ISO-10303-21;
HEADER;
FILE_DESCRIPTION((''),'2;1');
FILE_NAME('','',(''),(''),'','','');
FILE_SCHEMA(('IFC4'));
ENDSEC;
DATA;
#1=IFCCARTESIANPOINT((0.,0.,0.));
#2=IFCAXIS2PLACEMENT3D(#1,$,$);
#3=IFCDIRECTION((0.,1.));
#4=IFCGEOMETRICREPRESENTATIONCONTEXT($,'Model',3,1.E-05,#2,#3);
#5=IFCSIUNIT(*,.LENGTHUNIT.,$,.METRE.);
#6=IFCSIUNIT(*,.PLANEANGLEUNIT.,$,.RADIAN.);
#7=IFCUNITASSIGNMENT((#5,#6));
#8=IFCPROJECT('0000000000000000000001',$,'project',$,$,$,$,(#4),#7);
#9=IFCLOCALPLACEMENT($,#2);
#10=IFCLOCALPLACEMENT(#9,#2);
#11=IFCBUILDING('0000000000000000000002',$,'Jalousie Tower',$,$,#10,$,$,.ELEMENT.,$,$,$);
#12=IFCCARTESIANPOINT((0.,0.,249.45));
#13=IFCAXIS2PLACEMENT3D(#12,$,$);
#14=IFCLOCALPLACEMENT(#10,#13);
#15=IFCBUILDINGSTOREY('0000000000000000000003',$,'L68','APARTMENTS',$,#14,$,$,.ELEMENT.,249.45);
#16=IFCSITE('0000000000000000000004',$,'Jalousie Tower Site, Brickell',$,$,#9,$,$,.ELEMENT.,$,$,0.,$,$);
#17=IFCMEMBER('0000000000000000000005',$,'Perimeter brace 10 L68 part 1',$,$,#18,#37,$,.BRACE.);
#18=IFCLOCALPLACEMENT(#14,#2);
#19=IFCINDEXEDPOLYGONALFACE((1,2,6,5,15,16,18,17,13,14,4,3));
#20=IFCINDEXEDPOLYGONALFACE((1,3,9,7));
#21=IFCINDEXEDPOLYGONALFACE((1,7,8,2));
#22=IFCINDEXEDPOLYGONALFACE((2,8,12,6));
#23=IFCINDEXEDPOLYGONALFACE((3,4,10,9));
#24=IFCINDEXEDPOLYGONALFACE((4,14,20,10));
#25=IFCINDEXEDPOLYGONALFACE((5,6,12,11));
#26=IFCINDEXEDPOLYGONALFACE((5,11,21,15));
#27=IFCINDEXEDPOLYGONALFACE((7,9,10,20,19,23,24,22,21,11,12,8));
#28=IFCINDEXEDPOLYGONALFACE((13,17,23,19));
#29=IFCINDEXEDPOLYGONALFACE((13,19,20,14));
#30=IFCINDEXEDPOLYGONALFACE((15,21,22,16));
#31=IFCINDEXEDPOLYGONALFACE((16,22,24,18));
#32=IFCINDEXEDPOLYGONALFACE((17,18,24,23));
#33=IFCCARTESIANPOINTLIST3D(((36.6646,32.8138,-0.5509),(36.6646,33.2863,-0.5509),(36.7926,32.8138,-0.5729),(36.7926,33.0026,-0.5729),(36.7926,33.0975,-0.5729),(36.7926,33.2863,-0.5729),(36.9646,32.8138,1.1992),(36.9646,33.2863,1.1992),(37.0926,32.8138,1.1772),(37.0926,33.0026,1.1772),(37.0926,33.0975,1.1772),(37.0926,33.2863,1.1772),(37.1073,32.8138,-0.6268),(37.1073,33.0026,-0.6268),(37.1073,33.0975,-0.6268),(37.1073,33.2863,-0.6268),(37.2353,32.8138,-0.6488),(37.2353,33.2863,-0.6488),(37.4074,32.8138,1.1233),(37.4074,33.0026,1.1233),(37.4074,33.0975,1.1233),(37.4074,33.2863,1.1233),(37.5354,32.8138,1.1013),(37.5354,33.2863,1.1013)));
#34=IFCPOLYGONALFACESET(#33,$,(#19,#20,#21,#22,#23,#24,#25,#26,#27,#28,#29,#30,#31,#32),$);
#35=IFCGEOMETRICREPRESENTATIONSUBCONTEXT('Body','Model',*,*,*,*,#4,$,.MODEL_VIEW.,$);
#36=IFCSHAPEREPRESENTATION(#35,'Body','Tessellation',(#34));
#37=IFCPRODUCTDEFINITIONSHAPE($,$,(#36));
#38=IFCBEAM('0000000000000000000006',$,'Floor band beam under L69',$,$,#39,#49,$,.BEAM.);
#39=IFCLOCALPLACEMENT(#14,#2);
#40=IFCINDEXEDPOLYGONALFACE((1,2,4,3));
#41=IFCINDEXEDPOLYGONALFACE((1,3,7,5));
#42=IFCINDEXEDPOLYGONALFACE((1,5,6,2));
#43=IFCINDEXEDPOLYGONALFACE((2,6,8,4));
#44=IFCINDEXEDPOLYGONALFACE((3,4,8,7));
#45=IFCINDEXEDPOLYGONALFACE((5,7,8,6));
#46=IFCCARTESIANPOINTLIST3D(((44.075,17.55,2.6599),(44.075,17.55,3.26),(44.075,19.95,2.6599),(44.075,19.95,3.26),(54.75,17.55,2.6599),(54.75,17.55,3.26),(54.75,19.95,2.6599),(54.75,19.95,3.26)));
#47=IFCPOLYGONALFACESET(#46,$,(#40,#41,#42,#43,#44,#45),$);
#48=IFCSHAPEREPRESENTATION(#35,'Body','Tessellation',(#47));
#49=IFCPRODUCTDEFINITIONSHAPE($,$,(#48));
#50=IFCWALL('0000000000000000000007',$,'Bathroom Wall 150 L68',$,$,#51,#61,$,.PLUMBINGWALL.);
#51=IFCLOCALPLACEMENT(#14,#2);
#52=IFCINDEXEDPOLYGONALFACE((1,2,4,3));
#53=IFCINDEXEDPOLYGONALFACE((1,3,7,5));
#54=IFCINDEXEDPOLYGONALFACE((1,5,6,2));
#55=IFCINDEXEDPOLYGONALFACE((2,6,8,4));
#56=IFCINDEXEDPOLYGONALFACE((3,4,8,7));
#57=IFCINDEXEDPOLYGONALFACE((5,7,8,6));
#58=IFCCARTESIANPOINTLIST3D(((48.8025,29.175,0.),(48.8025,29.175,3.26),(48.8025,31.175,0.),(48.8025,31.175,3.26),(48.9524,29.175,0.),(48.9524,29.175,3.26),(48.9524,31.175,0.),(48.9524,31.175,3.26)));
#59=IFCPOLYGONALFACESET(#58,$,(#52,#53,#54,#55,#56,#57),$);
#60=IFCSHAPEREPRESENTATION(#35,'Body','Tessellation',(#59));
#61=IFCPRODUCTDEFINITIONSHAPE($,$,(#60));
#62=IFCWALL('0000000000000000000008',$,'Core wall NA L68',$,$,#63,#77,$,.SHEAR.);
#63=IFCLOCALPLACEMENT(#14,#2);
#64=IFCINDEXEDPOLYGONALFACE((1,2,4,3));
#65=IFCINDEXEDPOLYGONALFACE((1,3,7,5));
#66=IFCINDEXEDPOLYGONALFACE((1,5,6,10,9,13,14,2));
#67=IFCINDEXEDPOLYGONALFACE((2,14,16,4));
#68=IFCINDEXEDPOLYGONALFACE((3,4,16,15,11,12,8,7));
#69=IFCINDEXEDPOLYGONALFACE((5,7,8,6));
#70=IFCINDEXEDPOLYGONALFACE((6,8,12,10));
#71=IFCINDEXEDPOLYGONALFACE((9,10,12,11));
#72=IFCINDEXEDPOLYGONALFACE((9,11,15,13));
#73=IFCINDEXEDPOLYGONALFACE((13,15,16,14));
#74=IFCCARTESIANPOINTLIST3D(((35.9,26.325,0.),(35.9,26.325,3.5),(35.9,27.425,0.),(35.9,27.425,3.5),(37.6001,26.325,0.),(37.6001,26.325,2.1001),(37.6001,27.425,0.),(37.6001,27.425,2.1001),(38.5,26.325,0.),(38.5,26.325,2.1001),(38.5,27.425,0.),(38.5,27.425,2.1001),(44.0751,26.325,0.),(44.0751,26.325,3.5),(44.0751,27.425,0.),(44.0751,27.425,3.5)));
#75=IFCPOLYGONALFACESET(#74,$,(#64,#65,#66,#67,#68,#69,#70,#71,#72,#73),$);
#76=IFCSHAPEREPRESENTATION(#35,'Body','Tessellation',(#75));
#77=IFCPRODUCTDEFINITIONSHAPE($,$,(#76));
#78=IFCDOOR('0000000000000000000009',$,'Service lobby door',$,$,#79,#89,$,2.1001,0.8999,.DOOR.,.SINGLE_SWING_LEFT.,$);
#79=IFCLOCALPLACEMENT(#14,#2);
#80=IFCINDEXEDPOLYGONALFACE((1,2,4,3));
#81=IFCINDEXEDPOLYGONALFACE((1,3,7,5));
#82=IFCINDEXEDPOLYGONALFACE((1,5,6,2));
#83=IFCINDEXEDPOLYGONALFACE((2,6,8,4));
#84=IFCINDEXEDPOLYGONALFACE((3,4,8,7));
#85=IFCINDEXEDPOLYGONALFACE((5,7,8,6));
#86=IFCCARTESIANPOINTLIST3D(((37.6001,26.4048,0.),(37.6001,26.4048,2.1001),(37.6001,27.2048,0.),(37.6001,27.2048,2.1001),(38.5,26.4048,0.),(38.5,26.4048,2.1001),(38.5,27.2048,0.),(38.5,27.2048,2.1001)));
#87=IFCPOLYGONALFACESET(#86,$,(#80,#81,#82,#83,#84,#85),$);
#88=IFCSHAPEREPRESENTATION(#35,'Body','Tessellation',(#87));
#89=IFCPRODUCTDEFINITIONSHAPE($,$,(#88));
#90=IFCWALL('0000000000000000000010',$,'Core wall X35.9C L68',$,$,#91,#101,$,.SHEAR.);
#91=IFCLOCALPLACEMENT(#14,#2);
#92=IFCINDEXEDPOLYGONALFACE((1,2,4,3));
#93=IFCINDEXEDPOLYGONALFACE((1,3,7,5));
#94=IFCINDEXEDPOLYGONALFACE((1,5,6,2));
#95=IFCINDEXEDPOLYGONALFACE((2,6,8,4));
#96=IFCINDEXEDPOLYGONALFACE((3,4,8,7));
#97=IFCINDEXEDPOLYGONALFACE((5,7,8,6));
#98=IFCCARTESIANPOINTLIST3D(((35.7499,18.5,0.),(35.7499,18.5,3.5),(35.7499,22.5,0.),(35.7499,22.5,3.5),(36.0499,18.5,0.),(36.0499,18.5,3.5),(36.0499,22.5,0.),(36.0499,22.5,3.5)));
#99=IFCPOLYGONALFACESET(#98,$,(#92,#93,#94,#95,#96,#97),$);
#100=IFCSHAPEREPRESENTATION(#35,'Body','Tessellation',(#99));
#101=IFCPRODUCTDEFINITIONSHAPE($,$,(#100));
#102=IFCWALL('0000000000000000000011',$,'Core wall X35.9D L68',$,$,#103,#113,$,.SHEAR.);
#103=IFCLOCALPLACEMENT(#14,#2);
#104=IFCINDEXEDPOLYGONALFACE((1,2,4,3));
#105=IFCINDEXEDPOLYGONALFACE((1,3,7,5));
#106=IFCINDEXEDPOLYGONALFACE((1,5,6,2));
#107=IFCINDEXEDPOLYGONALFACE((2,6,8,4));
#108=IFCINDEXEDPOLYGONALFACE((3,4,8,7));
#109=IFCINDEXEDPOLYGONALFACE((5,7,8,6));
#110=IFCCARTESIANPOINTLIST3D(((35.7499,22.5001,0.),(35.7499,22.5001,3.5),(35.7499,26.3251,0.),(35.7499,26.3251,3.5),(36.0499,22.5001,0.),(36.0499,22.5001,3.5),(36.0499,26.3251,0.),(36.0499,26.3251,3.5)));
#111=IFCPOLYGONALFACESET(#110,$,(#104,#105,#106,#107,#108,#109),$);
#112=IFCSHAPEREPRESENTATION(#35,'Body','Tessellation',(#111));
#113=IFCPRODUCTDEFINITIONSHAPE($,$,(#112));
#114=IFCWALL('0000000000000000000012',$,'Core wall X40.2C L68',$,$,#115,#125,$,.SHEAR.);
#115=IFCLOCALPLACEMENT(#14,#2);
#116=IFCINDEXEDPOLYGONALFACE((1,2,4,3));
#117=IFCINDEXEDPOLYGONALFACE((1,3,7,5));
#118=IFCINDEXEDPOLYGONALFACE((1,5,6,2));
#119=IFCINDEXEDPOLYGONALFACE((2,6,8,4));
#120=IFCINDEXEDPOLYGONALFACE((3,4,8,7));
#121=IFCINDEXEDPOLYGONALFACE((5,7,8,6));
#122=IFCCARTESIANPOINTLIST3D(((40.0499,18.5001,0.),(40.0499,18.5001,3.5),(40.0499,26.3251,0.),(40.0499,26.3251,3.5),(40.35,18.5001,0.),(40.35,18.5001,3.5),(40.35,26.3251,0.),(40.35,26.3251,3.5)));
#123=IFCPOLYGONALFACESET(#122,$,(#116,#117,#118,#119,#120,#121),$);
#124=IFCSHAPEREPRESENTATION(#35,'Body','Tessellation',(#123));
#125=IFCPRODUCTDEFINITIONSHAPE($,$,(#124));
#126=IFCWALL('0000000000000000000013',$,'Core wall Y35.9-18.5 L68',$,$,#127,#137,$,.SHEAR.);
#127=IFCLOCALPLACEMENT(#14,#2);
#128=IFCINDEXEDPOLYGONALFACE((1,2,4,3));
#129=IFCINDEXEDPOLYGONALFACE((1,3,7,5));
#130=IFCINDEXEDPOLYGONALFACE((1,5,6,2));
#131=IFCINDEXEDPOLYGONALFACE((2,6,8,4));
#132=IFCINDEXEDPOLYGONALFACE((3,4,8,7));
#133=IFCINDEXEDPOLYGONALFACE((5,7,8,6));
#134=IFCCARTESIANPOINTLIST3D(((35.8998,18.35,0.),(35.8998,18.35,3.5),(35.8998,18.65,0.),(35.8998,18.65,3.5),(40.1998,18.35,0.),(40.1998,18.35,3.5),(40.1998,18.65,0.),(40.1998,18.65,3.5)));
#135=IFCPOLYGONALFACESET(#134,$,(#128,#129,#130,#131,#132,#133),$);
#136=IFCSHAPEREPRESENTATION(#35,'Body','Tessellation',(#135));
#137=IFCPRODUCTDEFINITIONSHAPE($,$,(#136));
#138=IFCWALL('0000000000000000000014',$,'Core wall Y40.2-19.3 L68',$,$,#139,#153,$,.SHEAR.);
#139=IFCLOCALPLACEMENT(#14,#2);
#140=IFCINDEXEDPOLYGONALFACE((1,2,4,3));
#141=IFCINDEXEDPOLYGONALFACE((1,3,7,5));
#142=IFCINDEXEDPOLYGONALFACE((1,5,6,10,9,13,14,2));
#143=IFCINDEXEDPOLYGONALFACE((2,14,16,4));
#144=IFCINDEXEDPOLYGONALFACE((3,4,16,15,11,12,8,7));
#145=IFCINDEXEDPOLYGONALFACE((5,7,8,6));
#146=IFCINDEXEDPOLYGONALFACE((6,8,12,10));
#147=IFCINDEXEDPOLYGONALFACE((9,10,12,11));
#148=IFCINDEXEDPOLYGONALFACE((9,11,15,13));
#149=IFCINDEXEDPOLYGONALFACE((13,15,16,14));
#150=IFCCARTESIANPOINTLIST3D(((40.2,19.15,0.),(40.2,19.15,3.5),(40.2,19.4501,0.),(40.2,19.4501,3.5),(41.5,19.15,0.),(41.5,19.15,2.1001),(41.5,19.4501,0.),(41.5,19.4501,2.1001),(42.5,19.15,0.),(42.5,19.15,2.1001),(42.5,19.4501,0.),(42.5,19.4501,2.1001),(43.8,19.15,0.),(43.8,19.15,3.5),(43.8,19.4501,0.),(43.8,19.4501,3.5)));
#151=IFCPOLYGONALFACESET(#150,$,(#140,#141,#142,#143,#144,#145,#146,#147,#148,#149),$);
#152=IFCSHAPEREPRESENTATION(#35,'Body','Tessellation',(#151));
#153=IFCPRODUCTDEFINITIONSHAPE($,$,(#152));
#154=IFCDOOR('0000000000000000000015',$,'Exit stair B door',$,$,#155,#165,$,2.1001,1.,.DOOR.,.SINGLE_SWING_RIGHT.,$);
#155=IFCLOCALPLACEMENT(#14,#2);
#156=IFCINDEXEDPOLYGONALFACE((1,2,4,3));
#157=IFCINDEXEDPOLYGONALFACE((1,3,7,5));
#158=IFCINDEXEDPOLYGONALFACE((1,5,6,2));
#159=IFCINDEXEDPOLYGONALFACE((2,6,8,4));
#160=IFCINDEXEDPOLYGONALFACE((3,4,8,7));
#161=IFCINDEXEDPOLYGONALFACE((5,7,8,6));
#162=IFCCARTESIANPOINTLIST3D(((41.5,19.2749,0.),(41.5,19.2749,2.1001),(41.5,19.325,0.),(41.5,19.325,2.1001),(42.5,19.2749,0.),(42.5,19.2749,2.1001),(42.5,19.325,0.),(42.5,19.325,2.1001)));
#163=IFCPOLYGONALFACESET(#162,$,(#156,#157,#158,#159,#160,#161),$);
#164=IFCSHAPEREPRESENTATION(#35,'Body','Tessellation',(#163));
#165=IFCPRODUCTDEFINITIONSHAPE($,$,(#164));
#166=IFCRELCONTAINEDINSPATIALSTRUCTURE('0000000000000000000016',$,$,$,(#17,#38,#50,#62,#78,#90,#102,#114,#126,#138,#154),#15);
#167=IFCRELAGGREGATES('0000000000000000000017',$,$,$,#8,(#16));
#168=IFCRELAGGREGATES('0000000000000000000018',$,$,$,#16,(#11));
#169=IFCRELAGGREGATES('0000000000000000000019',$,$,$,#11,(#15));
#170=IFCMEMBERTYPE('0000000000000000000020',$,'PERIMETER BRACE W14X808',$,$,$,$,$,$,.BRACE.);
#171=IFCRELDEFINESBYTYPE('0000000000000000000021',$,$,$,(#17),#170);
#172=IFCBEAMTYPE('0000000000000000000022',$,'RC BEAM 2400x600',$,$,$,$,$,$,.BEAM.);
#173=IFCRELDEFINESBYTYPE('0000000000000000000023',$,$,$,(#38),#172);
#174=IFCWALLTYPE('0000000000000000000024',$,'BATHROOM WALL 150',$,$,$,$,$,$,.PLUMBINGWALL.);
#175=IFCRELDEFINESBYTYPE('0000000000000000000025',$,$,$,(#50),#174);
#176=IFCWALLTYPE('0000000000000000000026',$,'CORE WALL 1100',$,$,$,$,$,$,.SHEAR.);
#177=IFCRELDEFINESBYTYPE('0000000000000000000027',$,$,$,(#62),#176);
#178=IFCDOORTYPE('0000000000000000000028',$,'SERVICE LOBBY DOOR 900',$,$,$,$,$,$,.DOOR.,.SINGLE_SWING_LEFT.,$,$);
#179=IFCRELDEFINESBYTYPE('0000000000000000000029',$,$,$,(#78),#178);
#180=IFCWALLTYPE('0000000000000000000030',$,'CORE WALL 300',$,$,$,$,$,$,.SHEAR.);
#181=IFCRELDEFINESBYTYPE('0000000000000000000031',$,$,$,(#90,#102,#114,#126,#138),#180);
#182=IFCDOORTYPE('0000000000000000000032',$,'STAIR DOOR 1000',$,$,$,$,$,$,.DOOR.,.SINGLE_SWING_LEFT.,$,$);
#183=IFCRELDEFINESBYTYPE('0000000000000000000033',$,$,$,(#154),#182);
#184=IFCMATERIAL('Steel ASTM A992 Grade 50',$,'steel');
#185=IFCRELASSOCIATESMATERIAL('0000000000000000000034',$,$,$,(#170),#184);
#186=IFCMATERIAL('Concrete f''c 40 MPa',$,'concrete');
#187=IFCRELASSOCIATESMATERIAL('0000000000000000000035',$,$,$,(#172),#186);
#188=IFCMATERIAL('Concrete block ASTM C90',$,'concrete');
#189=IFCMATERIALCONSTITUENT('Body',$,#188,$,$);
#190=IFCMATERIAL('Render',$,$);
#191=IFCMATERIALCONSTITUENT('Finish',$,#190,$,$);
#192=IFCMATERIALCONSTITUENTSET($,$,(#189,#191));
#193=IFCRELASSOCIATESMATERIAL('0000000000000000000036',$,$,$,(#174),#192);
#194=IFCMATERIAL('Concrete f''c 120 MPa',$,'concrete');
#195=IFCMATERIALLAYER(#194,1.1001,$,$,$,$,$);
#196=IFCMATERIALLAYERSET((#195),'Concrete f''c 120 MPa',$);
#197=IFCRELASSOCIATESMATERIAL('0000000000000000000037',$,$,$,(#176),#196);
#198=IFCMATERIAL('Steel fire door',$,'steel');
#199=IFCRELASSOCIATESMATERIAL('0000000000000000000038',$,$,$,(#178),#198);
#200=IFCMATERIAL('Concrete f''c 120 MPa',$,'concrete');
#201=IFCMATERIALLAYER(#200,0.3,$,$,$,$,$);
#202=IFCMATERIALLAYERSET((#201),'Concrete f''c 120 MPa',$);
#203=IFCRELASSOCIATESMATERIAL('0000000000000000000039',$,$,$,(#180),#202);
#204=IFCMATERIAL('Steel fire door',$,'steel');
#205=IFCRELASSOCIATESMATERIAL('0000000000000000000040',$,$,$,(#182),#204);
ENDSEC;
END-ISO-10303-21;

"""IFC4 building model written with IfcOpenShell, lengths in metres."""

from ifc_helpers import new_model, si_unit, direction, frame, frame_2d, origin, origin_2d, place, context, subcontext, project, spatial, rectangle, i_section, extrude, material, layer, layer_set, constituent, constituent_set, material_profile, profile_set, type_object, element, fill, save


model = new_model("IFC4")

# Units and contexts
model_context = context("Model", 3, precision=1e-05, world=origin(), true_north=direction((0.0, 1.0)))
body_context = subcontext(model_context, "Body", "Model", "MODEL_VIEW")
ifc_project = project(units=[si_unit("LENGTHUNIT", "METRE"), si_unit("PLANEANGLEUNIT", "RADIAN")], contexts=[model_context])

# Site, building, storey
site_placement = place(None, origin())
site = spatial("IfcSite", under=ifc_project, at=site_placement, Name="Jalousie Tower Site, Brickell", CompositionType="ELEMENT", RefElevation=0.0)
building_placement = place(site_placement, origin())
building = spatial("IfcBuilding", under=site, at=building_placement, Name="Jalousie Tower", CompositionType="ELEMENT")
storey_placement = place(building_placement, frame((0.0, 0.0, 249.45)))
storey = spatial("IfcBuildingStorey", under=building, at=storey_placement, Name="L68", Description="APARTMENTS", CompositionType="ELEMENT", Elevation=249.45)

# Member
ifc_material_1 = material(Name="Steel ASTM A992 Grade 50", Category="steel")
ifc_material_profile_1 = material_profile(ifc_material_1, i_section(OverallWidth=0.4724, OverallDepth=0.5791, WebThickness=0.095, FlangeThickness=0.1299, at=origin_2d()), Name="W14X808")
ifc_profile_set_1 = profile_set([ifc_material_profile_1], Name="Steel ASTM A992 Grade 50")
member_type = type_object("IfcMemberType", Name="PERIMETER BRACE W14X808", PredefinedType="BRACE", material=ifc_profile_set_1)
member_placement = place(storey_placement, frame((36.95, 33.05, -0.5999), z_axis=(0.168991, 0.0, 0.985618), x_axis=(0.0, 1.0, 0.0)))
element("IfcMember", 1, at=member_placement, inside=storey, type_object=member_type, Name="Perimeter brace 10 L68 part 1", PredefinedType="BRACE", context=body_context, shape_type="SweptSolid", body=[
    extrude(i_section(OverallWidth=0.4724, OverallDepth=0.5791, WebThickness=0.095, FlangeThickness=0.1299, at=origin_2d()), origin(), (0.0, 0.0, 1.0), 1.7756),
])

# Beam
ifc_material_2 = material(Name="Concrete f'c 40 MPa", Category="concrete")
ifc_material_profile_2 = material_profile(ifc_material_2, rectangle(XDim=2.3999, YDim=0.6001, at=origin_2d()), Name="RC 2400x600")
ifc_profile_set_2 = profile_set([ifc_material_profile_2], Name="Concrete f'c 40 MPa")
beam_type = type_object("IfcBeamType", Name="RC BEAM 2400x600", PredefinedType="BEAM", material=ifc_profile_set_2)
beam_placement = place(storey_placement, frame((44.075, 18.75, 2.96), z_axis=(1.0, 0.0, 0.0), x_axis=(0.0, 1.0, 0.0)))
element("IfcBeam", 2, at=beam_placement, inside=storey, type_object=beam_type, Name="Floor band beam under L69", PredefinedType="BEAM", context=body_context, shape_type="SweptSolid", body=[
    extrude(rectangle(XDim=2.3999, YDim=0.6001, at=origin_2d()), origin(), (0.0, 0.0, 1.0), 10.675),
])

# Wall
ifc_material_3 = material(Name="Concrete block ASTM C90", Category="concrete")
ifc_constituent_1 = constituent(ifc_material_3, Name="Body")
ifc_material_4 = material(Name="Render")
ifc_constituent_2 = constituent(ifc_material_4, Name="Finish")
ifc_constituent_set_1 = constituent_set(constituents=[ifc_constituent_1, ifc_constituent_2])
wall_type_1 = type_object("IfcWallType", Name="BATHROOM WALL 150", PredefinedType="PLUMBINGWALL", material=ifc_constituent_set_1)
wall_1_placement = place(storey_placement, frame((48.8774, 29.175, 0.0), z_axis=(0.0, 0.0, 1.0), x_axis=(0.0, 1.0, 0.0)))
element("IfcWall", 3, at=wall_1_placement, inside=storey, type_object=wall_type_1, Name="Bathroom Wall 150 L68", PredefinedType="PLUMBINGWALL", context=body_context, shape_type="SweptSolid", body=[
    extrude(rectangle(XDim=2.0, YDim=0.1499, at=frame_2d((1.0, 0.0))), origin(), (0.0, 0.0, 1.0), 3.26),
])

# Wall, opening, door
ifc_material_5 = material(Name="Concrete f'c 120 MPa", Category="concrete")
ifc_layer_1 = layer(ifc_material_5, 1.1001)
ifc_layer_set_1 = layer_set([ifc_layer_1], Name="Concrete f'c 120 MPa")
wall_type_2 = type_object("IfcWallType", Name="CORE WALL 1100", PredefinedType="SHEAR", material=ifc_layer_set_1)
wall_2_placement = place(storey_placement, frame((44.075, 26.875, 0.0), z_axis=(0.0, 0.0, 1.0), x_axis=(-1.0, 0.0, 0.0)))
wall_2 = element("IfcWall", 4, at=wall_2_placement, inside=storey, type_object=wall_type_2, Name="Core wall NA L68", PredefinedType="SHEAR", context=body_context, shape_type="SweptSolid", body=[
    extrude(rectangle(XDim=8.175, YDim=1.1001, at=frame_2d((4.0874, 0.0))), origin(), (0.0, 0.0, 1.0), 3.5),
])
opening_1_placement = place(wall_2_placement, frame((5.575, 0.0, 0.0)))
opening_1 = element("IfcOpeningElement", 5, at=opening_1_placement, cuts=wall_2, PredefinedType="OPENING", context=body_context, shape_type="SweptSolid", body=[
    extrude(rectangle(XDim=0.8999, YDim=2.1001, at=frame_2d((0.45, 1.05))), frame((0.0, 0.5601, 0.0), z_axis=(0.0, -1.0, 0.0), x_axis=(1.0, 0.0, 0.0)), (0.0, 0.0, 1.0), 1.1201),
])
ifc_material_6 = material(Name="Steel fire door", Category="steel")
door_type_1 = type_object("IfcDoorType", Name="SERVICE LOBBY DOOR 900", OperationType="SINGLE_SWING_LEFT", PredefinedType="DOOR", material=ifc_material_6)
door_1_placement = place(opening_1_placement, origin())
door_1 = element("IfcDoor", 6, at=door_1_placement, inside=storey, type_object=door_type_1, Name="Service lobby door", OperationType="SINGLE_SWING_LEFT", OverallHeight=2.1001, OverallWidth=0.8999, PredefinedType="DOOR", context=body_context, shape_type="SweptSolid", body=[
    extrude(rectangle(XDim=0.8999, YDim=2.1001, at=frame_2d((0.45, 1.05))), frame((0.0, 0.4702, 0.0), z_axis=(0.0, -1.0, 0.0), x_axis=(1.0, 0.0, 0.0)), (0.0, 0.0, 1.0), 0.8),
])
fill(opening_1, door_1)

# Walls
ifc_material_7 = material(Name="Concrete f'c 120 MPa", Category="concrete")
ifc_layer_2 = layer(ifc_material_7, 0.3)
ifc_layer_set_2 = layer_set([ifc_layer_2], Name="Concrete f'c 120 MPa")
wall_type_3 = type_object("IfcWallType", Name="CORE WALL 300", PredefinedType="SHEAR", material=ifc_layer_set_2)
wall_3_placement = place(storey_placement, frame((35.8999, 18.5, 0.0), z_axis=(0.0, 0.0, 1.0), x_axis=(0.0, 1.0, 0.0)))
element("IfcWall", 7, at=wall_3_placement, inside=storey, type_object=wall_type_3, Name="Core wall X35.9C L68", PredefinedType="SHEAR", context=body_context, shape_type="SweptSolid", body=[
    extrude(rectangle(XDim=4.0, YDim=0.3, at=frame_2d((2.0, 0.0))), origin(), (0.0, 0.0, 1.0), 3.5),
])
wall_4_placement = place(storey_placement, frame((35.8999, 22.5, 0.0), z_axis=(0.0, 0.0, 1.0), x_axis=(0.0, 1.0, 0.0)))
element("IfcWall", 8, at=wall_4_placement, inside=storey, type_object=wall_type_3, Name="Core wall X35.9D L68", PredefinedType="SHEAR", context=body_context, shape_type="SweptSolid", body=[
    extrude(rectangle(XDim=3.825, YDim=0.3, at=frame_2d((1.9126, 0.0))), origin(), (0.0, 0.0, 1.0), 3.5),
])
wall_5_placement = place(storey_placement, frame((40.2, 18.5, 0.0), z_axis=(0.0, 0.0, 1.0), x_axis=(0.0, 1.0, 0.0)))
element("IfcWall", 9, at=wall_5_placement, inside=storey, type_object=wall_type_3, Name="Core wall X40.2C L68", PredefinedType="SHEAR", context=body_context, shape_type="SweptSolid", body=[
    extrude(rectangle(XDim=7.825, YDim=0.3, at=frame_2d((3.9126, 0.0))), origin(), (0.0, 0.0, 1.0), 3.5),
])
wall_6_placement = place(storey_placement, frame((35.8999, 18.5, 0.0), z_axis=(0.0, 0.0, 1.0), x_axis=(1.0, 0.0, 0.0)))
element("IfcWall", 10, at=wall_6_placement, inside=storey, type_object=wall_type_3, Name="Core wall Y35.9-18.5 L68", PredefinedType="SHEAR", context=body_context, shape_type="SweptSolid", body=[
    extrude(rectangle(XDim=4.3, YDim=0.3, at=frame_2d((2.1499, 0.0))), origin(), (0.0, 0.0, 1.0), 3.5),
])

# Wall, opening, door
wall_7_placement = place(storey_placement, frame((40.2, 19.3, 0.0), z_axis=(0.0, 0.0, 1.0), x_axis=(1.0, 0.0, 0.0)))
wall_7 = element("IfcWall", 11, at=wall_7_placement, inside=storey, type_object=wall_type_3, Name="Core wall Y40.2-19.3 L68", PredefinedType="SHEAR", context=body_context, shape_type="SweptSolid", body=[
    extrude(rectangle(XDim=3.6001, YDim=0.3, at=frame_2d((1.8, 0.0))), origin(), (0.0, 0.0, 1.0), 3.5),
])
opening_2_placement = place(wall_7_placement, frame((1.3, 0.0, 0.0)))
opening_2 = element("IfcOpeningElement", 12, at=opening_2_placement, cuts=wall_7, PredefinedType="OPENING", context=body_context, shape_type="SweptSolid", body=[
    extrude(rectangle(XDim=1.0, YDim=2.1001, at=frame_2d((0.5, 1.05))), frame((0.0, 0.1599, 0.0), z_axis=(0.0, -1.0, 0.0), x_axis=(1.0, 0.0, 0.0)), (0.0, 0.0, 1.0), 0.3201),
])
ifc_material_8 = material(Name="Steel fire door", Category="steel")
door_type_2 = type_object("IfcDoorType", Name="STAIR DOOR 1000", OperationType="SINGLE_SWING_LEFT", PredefinedType="DOOR", material=ifc_material_8)
door_2_placement = place(opening_2_placement, origin())
door_2 = element("IfcDoor", 13, at=door_2_placement, inside=storey, type_object=door_type_2, Name="Exit stair B door", OperationType="SINGLE_SWING_RIGHT", OverallHeight=2.1001, OverallWidth=1.0, PredefinedType="DOOR", context=body_context, shape_type="SweptSolid", body=[
    extrude(rectangle(XDim=1.0, YDim=2.1001, at=frame_2d((0.5, 1.05))), frame((0.0, 0.0249, 0.0), z_axis=(0.0, -1.0, 0.0), x_axis=(1.0, 0.0, 0.0)), (0.0, 0.0, 1.0), 0.05),
])
fill(opening_2, door_2)

save(model, "model.ifc")
